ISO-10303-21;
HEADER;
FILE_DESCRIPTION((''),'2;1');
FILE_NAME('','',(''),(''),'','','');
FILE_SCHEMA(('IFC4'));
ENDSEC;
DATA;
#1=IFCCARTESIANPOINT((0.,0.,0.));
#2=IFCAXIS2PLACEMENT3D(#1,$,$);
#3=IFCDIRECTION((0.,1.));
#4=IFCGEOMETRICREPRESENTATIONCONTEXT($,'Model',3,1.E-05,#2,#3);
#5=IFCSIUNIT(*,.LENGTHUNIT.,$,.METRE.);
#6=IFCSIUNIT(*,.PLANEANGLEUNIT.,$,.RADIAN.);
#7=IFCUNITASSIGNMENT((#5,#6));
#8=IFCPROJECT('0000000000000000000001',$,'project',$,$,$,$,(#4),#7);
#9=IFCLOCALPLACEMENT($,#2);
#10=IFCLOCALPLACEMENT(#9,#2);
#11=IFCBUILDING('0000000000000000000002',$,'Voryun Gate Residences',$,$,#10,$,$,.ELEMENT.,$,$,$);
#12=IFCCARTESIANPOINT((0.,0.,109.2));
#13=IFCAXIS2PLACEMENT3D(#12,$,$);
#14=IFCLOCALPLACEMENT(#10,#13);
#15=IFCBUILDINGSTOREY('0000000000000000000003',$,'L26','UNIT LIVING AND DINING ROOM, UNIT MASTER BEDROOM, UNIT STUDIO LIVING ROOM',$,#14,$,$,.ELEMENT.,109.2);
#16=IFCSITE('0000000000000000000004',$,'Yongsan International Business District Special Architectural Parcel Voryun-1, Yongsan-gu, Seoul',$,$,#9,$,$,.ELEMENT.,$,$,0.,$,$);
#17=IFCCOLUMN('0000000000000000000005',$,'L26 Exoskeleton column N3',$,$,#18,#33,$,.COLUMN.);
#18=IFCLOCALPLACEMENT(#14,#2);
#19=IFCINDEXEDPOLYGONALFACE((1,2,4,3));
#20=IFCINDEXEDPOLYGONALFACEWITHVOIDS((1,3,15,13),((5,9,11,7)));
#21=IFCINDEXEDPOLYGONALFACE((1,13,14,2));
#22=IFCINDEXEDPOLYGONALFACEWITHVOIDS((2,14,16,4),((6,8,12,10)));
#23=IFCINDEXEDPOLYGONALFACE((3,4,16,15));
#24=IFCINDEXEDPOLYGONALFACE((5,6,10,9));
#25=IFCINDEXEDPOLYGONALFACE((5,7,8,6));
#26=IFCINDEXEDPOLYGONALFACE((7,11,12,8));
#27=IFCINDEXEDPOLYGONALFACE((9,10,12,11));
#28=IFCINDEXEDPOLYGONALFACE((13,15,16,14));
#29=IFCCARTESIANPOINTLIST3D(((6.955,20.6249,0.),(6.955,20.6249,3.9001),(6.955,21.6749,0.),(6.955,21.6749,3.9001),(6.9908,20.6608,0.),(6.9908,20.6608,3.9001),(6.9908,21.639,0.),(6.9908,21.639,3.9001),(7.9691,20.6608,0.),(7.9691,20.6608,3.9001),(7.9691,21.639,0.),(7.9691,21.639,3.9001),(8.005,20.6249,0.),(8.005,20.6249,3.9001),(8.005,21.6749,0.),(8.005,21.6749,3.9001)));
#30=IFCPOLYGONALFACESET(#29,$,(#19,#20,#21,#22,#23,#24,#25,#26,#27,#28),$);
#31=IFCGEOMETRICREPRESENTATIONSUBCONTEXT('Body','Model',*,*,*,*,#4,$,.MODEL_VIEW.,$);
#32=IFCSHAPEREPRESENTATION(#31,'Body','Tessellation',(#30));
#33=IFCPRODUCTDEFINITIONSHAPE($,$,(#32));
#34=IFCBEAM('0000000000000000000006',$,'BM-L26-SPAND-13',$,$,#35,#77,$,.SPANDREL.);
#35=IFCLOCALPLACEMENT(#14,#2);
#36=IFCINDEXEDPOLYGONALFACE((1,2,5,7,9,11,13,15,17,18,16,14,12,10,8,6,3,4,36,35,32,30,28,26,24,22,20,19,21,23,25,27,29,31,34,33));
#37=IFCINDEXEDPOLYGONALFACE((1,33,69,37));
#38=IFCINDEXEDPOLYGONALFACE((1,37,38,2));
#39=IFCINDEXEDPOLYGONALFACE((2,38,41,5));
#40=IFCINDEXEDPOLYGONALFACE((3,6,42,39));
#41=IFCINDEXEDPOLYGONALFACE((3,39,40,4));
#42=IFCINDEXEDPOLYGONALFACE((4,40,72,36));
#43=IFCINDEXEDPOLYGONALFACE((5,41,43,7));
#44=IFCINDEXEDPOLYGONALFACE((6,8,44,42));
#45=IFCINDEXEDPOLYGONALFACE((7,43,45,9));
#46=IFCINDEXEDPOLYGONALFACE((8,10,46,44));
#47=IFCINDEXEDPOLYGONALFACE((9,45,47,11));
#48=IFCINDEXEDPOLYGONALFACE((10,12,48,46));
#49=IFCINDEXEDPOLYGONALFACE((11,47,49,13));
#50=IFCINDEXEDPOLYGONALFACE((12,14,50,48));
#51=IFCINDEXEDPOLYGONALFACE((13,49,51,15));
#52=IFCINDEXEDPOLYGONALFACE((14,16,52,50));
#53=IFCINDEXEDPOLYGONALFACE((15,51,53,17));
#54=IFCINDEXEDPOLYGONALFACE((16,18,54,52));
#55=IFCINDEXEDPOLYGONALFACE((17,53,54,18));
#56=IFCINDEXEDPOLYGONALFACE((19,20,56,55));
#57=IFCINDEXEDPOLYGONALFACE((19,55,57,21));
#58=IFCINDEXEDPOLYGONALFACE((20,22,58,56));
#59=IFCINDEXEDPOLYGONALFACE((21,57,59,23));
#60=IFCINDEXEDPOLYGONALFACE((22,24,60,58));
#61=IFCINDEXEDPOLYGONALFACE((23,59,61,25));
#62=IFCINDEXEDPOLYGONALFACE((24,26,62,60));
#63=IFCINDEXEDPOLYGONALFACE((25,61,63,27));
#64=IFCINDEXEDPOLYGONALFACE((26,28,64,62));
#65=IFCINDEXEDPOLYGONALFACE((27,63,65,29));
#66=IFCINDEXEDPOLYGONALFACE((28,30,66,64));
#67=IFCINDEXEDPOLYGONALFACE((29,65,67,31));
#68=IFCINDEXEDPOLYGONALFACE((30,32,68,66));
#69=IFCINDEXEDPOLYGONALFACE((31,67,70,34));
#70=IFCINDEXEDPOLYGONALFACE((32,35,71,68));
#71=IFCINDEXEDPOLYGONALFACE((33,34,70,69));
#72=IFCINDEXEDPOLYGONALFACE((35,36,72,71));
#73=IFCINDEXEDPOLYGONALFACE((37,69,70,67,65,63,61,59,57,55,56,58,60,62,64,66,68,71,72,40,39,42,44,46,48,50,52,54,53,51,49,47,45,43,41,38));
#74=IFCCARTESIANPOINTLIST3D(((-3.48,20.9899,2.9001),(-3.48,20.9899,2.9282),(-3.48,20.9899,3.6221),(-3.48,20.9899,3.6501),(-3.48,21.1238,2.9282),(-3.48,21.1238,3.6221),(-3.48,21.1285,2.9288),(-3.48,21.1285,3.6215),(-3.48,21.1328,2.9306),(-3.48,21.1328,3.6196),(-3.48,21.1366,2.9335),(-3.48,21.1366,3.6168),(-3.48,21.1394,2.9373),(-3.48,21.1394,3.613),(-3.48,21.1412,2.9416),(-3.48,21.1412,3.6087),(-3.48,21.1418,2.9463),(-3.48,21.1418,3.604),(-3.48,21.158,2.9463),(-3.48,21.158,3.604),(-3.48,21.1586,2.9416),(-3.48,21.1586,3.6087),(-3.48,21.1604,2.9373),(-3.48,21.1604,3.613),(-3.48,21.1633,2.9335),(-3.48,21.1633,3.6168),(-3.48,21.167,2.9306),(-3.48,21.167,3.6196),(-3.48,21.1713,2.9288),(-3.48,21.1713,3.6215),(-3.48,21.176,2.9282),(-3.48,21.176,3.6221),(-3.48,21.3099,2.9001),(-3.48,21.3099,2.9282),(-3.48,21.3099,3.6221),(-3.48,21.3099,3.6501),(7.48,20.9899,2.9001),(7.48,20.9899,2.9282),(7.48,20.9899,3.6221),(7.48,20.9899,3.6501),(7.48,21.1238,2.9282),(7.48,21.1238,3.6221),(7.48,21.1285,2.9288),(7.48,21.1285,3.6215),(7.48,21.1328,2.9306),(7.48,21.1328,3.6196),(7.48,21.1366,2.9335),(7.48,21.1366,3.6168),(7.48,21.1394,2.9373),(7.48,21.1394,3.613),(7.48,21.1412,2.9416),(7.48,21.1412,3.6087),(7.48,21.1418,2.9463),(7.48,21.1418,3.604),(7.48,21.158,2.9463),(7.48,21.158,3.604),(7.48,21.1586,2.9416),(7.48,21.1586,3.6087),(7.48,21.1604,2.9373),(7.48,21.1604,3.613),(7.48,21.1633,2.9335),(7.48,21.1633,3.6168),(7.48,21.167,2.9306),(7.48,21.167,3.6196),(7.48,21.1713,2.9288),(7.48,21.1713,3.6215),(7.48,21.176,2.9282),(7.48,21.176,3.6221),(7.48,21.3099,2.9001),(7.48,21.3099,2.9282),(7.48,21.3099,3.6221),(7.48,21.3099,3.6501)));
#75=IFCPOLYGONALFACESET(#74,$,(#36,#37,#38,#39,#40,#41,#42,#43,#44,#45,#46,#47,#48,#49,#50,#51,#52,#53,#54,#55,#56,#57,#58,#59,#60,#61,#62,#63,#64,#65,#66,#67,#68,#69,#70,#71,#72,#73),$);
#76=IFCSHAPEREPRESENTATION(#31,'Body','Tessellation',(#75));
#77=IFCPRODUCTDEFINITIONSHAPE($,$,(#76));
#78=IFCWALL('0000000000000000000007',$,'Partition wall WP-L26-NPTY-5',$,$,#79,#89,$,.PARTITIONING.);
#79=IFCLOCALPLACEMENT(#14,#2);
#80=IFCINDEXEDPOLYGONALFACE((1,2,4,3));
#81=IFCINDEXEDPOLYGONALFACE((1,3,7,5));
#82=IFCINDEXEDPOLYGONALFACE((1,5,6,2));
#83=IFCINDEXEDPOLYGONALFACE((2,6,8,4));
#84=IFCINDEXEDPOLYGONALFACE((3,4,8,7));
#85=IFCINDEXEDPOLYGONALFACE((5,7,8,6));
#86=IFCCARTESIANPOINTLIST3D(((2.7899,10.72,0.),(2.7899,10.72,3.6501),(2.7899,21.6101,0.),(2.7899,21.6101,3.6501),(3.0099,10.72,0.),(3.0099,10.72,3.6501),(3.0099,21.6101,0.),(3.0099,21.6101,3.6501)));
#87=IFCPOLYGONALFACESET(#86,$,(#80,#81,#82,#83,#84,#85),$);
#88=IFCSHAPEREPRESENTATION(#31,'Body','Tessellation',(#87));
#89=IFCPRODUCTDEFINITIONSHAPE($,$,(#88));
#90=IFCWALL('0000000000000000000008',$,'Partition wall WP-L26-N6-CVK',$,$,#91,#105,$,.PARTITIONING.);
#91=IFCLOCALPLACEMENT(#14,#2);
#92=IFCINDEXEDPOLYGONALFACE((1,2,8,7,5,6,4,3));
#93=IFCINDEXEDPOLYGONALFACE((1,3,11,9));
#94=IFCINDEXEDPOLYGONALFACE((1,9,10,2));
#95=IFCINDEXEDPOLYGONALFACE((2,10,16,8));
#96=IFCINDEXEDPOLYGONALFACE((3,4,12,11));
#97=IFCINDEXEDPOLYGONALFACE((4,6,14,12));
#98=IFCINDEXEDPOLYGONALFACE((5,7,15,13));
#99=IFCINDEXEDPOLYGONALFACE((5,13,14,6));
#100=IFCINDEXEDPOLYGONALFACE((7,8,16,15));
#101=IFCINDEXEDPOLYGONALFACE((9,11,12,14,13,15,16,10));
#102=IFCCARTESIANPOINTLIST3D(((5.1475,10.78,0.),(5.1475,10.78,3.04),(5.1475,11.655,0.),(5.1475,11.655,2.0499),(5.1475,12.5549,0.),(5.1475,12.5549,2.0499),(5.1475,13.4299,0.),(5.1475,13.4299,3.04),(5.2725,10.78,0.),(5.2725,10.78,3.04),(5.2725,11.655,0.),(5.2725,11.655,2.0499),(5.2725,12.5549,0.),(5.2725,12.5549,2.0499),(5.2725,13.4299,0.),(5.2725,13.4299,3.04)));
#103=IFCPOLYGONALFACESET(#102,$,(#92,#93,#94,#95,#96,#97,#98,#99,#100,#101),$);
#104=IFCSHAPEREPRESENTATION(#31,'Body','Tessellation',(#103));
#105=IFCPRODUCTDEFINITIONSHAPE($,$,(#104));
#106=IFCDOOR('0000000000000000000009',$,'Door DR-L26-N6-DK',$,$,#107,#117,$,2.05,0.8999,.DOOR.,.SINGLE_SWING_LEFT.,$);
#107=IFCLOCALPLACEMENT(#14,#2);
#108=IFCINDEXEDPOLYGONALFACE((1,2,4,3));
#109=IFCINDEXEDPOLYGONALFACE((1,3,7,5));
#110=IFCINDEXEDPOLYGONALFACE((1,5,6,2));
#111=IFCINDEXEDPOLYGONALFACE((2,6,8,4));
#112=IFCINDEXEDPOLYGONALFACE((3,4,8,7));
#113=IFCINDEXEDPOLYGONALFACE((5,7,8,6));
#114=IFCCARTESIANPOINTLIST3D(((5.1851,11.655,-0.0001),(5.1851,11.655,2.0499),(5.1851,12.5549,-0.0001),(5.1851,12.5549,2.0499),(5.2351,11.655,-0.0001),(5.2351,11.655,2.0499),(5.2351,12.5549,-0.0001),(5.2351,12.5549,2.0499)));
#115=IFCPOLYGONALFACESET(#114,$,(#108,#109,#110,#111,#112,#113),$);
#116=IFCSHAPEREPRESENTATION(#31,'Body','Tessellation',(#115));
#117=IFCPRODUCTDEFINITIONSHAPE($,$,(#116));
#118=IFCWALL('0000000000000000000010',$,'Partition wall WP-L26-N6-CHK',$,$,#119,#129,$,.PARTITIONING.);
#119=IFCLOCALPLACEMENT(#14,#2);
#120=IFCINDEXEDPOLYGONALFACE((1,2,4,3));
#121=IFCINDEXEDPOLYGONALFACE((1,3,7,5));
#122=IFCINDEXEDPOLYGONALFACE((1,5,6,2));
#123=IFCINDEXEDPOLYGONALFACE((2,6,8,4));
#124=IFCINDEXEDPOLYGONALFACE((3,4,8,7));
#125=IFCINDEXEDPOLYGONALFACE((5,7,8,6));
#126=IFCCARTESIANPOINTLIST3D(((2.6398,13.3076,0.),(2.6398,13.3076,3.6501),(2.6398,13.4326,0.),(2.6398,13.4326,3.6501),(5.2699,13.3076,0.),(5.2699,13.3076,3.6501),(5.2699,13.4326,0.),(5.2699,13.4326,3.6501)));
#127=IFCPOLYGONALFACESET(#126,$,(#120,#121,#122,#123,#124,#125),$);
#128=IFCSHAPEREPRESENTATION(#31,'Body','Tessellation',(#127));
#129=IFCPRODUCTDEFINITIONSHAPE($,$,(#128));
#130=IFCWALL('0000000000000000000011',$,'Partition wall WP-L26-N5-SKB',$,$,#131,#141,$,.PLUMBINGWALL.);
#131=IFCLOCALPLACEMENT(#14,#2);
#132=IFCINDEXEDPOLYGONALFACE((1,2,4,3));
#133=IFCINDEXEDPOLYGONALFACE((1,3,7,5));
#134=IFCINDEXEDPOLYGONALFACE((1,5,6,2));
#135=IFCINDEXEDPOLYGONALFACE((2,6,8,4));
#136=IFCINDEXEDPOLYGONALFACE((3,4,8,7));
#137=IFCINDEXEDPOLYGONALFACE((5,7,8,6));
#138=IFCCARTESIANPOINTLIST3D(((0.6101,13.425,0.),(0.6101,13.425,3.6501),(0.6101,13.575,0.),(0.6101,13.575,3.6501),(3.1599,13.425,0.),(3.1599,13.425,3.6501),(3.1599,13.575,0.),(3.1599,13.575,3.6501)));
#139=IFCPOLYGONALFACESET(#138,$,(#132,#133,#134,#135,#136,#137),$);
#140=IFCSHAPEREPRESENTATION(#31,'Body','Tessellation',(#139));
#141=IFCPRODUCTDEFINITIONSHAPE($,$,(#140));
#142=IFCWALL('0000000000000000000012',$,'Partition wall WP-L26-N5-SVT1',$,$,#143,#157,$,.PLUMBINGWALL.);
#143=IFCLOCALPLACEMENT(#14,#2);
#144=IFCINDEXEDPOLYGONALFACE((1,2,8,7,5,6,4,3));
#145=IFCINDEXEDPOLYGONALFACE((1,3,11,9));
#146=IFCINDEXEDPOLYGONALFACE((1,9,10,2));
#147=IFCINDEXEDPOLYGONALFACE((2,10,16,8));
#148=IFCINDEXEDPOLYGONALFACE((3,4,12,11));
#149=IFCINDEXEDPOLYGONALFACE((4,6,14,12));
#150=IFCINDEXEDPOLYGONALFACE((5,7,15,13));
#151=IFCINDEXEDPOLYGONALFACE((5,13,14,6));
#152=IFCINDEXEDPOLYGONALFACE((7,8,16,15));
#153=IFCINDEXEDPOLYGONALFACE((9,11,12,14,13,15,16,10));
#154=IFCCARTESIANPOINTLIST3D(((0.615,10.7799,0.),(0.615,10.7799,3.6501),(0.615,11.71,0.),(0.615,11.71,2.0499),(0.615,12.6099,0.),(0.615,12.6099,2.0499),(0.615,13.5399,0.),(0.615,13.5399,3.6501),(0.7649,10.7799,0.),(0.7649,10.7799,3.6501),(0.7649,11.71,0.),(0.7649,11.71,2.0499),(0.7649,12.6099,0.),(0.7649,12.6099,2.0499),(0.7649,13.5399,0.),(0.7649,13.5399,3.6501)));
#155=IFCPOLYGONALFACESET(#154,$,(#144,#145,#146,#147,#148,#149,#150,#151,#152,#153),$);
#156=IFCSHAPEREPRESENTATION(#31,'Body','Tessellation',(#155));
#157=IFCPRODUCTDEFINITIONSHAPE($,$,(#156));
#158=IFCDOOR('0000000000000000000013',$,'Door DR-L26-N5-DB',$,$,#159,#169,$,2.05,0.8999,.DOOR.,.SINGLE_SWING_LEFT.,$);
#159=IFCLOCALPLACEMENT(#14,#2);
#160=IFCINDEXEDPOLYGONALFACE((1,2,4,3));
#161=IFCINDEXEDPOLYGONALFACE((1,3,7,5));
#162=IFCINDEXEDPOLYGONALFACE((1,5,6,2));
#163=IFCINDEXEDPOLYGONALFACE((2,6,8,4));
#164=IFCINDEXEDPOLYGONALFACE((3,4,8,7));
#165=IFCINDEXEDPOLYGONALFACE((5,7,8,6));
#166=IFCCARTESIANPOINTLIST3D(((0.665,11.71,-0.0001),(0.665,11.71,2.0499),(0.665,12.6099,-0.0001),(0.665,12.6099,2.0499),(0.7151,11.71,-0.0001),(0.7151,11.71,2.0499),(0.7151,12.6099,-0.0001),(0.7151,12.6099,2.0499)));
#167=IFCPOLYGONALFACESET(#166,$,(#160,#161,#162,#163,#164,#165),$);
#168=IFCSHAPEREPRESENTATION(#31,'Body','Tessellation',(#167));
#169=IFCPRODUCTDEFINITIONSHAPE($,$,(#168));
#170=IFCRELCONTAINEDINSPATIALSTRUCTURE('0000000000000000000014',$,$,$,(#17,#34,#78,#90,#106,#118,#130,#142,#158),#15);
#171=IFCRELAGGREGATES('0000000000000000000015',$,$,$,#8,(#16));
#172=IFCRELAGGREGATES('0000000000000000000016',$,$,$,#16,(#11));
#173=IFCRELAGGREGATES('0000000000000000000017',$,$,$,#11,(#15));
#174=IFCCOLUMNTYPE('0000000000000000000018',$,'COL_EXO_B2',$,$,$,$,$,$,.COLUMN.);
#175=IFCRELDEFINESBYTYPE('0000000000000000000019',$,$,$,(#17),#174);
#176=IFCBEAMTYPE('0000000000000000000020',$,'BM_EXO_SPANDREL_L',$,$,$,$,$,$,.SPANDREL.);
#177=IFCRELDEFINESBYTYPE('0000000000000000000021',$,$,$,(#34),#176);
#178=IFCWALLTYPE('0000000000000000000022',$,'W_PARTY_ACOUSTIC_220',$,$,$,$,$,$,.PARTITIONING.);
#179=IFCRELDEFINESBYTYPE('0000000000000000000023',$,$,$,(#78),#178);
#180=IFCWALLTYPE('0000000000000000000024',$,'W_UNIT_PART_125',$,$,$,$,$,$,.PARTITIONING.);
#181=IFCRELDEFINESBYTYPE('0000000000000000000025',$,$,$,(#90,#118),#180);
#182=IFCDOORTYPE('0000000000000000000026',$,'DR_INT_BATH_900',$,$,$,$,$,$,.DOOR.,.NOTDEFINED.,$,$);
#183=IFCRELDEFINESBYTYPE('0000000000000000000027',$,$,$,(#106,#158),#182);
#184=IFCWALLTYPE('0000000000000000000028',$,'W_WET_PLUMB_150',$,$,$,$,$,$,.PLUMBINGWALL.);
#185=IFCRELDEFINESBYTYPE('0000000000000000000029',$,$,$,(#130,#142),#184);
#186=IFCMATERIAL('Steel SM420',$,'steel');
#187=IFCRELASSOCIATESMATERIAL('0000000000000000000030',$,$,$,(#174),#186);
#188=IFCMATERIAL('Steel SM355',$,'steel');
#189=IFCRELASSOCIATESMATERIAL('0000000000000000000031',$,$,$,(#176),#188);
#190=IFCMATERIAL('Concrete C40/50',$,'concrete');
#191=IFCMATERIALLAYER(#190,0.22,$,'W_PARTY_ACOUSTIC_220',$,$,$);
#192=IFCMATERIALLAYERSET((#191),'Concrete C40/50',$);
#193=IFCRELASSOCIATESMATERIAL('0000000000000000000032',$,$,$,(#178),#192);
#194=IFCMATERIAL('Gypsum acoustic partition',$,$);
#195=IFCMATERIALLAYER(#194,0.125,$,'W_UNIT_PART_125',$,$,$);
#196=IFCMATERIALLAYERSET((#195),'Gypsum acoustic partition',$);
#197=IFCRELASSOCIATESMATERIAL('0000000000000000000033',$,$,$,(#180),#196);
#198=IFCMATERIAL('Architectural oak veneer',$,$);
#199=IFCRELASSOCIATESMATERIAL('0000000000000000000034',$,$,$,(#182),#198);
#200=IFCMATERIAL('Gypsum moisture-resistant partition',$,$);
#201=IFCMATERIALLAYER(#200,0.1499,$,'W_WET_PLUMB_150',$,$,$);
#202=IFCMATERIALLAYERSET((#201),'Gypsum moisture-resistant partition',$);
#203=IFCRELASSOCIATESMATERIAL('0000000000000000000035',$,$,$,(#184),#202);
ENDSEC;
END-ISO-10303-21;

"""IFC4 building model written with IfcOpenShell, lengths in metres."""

from ifc_helpers import new_model, si_unit, direction, frame, frame_2d, origin, origin_2d, place, context, subcontext, project, spatial, rectangle, hollow_rectangle, i_section, extrude, material, layer, layer_set, material_profile, profile_set, type_object, element, fill, save


model = new_model("IFC4")

# Units and contexts
model_context = context("Model", 3, precision=1e-05, world=origin(), true_north=direction((0.0, 1.0)))
body_context = subcontext(model_context, "Body", "Model", "MODEL_VIEW")
ifc_project = project(units=[si_unit("LENGTHUNIT", "METRE"), si_unit("PLANEANGLEUNIT", "RADIAN")], contexts=[model_context])

# Site, building, storey
site_placement = place(None, origin())
site = spatial("IfcSite", under=ifc_project, at=site_placement, Name="Yongsan International Business District Special Architectural Parcel Voryun-1, Yongsan-gu, Seoul", CompositionType="ELEMENT", RefElevation=0.0)
building_placement = place(site_placement, origin())
building = spatial("IfcBuilding", under=site, at=building_placement, Name="Voryun Gate Residences", CompositionType="ELEMENT")
storey_placement = place(building_placement, frame((0.0, 0.0, 109.2)))
storey = spatial("IfcBuildingStorey", under=building, at=storey_placement, Name="L26", Description="UNIT LIVING AND DINING ROOM, UNIT MASTER BEDROOM, UNIT STUDIO LIVING ROOM", CompositionType="ELEMENT", Elevation=109.2)

# Column
ifc_material_1 = material(Name="Steel SM420", Category="steel")
ifc_material_profile_1 = material_profile(ifc_material_1, hollow_rectangle(XDim=1.05, YDim=1.05, WallThickness=0.0359, at=origin_2d()), Name="BOX-1050x1050x36")
ifc_profile_set_1 = profile_set([ifc_material_profile_1], Name="Steel SM420")
column_type = type_object("IfcColumnType", Name="COL_EXO_B2", PredefinedType="COLUMN", material=ifc_profile_set_1)
column_placement = place(storey_placement, frame((7.48, 21.1499, 0.0), z_axis=(0.0, 0.0, 1.0), x_axis=(1.0, 0.0, 0.0)))
element("IfcColumn", 1, at=column_placement, inside=storey, type_object=column_type, Name="L26 Exoskeleton column N3", PredefinedType="COLUMN", context=body_context, shape_type="SweptSolid", body=[
    extrude(hollow_rectangle(XDim=1.05, YDim=1.05, WallThickness=0.0359, at=origin_2d()), origin(), (0.0, 0.0, 1.0), 3.9001),
])

# Beam
ifc_material_2 = material(Name="Steel SM355", Category="steel")
ifc_material_profile_2 = material_profile(ifc_material_2, i_section(OverallWidth=0.3201, OverallDepth=0.75, WebThickness=0.0161, FlangeThickness=0.0281, FilletRadius=0.0181, at=origin_2d()), Name="H-750x320x16x28")
ifc_profile_set_2 = profile_set([ifc_material_profile_2], Name="Steel SM355")
beam_type = type_object("IfcBeamType", Name="BM_EXO_SPANDREL_L", PredefinedType="SPANDREL", material=ifc_profile_set_2)
beam_placement = place(storey_placement, frame((7.48, 21.1499, 3.2751), z_axis=(-1.0, 0.0, 0.0), x_axis=(0.0, -1.0, 0.0)))
element("IfcBeam", 2, at=beam_placement, inside=storey, type_object=beam_type, Name="BM-L26-SPAND-13", PredefinedType="SPANDREL", context=body_context, shape_type="SweptSolid", body=[
    extrude(i_section(OverallWidth=0.3201, OverallDepth=0.75, WebThickness=0.0161, FlangeThickness=0.0281, FilletRadius=0.0181, at=origin_2d()), origin(), (0.0, 0.0, 1.0), 10.96),
])

# Wall
ifc_material_3 = material(Name="Concrete C40/50", Category="concrete")
ifc_layer_1 = layer(ifc_material_3, 0.22, Name="W_PARTY_ACOUSTIC_220")
ifc_layer_set_1 = layer_set([ifc_layer_1], Name="Concrete C40/50")
wall_type_1 = type_object("IfcWallType", Name="W_PARTY_ACOUSTIC_220", PredefinedType="PARTITIONING", material=ifc_layer_set_1)
wall_1_placement = place(storey_placement, frame((2.8999, 10.72, 0.0), z_axis=(0.0, 0.0, 1.0), x_axis=(0.0, 1.0, 0.0)))
element("IfcWall", 3, at=wall_1_placement, inside=storey, type_object=wall_type_1, Name="Partition wall WP-L26-NPTY-5", PredefinedType="PARTITIONING", context=body_context, shape_type="SweptSolid", body=[
    extrude(rectangle(XDim=10.8901, YDim=0.22, at=frame_2d((5.4451, 0.0))), origin(), (0.0, 0.0, 1.0), 3.6501),
])

# Wall, opening, door
ifc_material_4 = material(Name="Gypsum acoustic partition")
ifc_layer_2 = layer(ifc_material_4, 0.125, Name="W_UNIT_PART_125")
ifc_layer_set_2 = layer_set([ifc_layer_2], Name="Gypsum acoustic partition")
wall_type_2 = type_object("IfcWallType", Name="W_UNIT_PART_125", PredefinedType="PARTITIONING", material=ifc_layer_set_2)
wall_2_placement = place(storey_placement, frame((5.21, 10.78, 0.0), z_axis=(0.0, 0.0, 1.0), x_axis=(0.0, 1.0, 0.0)))
wall_2 = element("IfcWall", 4, at=wall_2_placement, inside=storey, type_object=wall_type_2, Name="Partition wall WP-L26-N6-CVK", PredefinedType="PARTITIONING", context=body_context, shape_type="SweptSolid", body=[
    extrude(rectangle(XDim=2.6499, YDim=0.125, at=frame_2d((1.325, 0.0))), origin(), (0.0, 0.0, 1.0), 3.04),
])
opening_1_placement = place(wall_2_placement, frame((0.875, 0.0, 0.0)))
opening_1 = element("IfcOpeningElement", 5, at=opening_1_placement, cuts=wall_2, PredefinedType="OPENING", context=body_context, shape_type="SweptSolid", body=[
    extrude(rectangle(XDim=0.8999, YDim=2.05, at=frame_2d((0.45, 1.0249))), frame((0.0, 0.0725, 0.0), z_axis=(0.0, -1.0, 0.0), x_axis=(1.0, 0.0, 0.0)), (0.0, 0.0, 1.0), 0.145),
])
ifc_material_5 = material(Name="Architectural oak veneer")
door_type = type_object("IfcDoorType", Name="DR_INT_BATH_900", OperationType="NOTDEFINED", PredefinedType="DOOR", material=ifc_material_5)
door_1_placement = place(opening_1_placement, origin())
door_1 = element("IfcDoor", 6, at=door_1_placement, inside=storey, type_object=door_type, Name="Door DR-L26-N6-DK", OperationType="SINGLE_SWING_LEFT", OverallHeight=2.05, OverallWidth=0.8999, PredefinedType="DOOR", context=body_context, shape_type="SweptSolid", body=[
    extrude(rectangle(XDim=0.8999, YDim=2.05, at=frame_2d((0.45, 1.0249))), frame((0.0, 0.0249, 0.0), z_axis=(0.0, -1.0, 0.0), x_axis=(1.0, 0.0, 0.0)), (0.0, 0.0, 1.0), 0.05),
])
fill(opening_1, door_1)

# Walls
wall_3_placement = place(storey_placement, frame((2.6399, 13.3701, 0.0), z_axis=(0.0, 0.0, 1.0), x_axis=(1.0, 0.0, 0.0)))
element("IfcWall", 7, at=wall_3_placement, inside=storey, type_object=wall_type_2, Name="Partition wall WP-L26-N6-CHK", PredefinedType="PARTITIONING", context=body_context, shape_type="SweptSolid", body=[
    extrude(rectangle(XDim=2.6301, YDim=0.125, at=frame_2d((1.3149, 0.0))), origin(), (0.0, 0.0, 1.0), 3.6501),
])
ifc_material_6 = material(Name="Gypsum moisture-resistant partition")
ifc_layer_3 = layer(ifc_material_6, 0.1499, Name="W_WET_PLUMB_150")
ifc_layer_set_3 = layer_set([ifc_layer_3], Name="Gypsum moisture-resistant partition")
wall_type_3 = type_object("IfcWallType", Name="W_WET_PLUMB_150", PredefinedType="PLUMBINGWALL", material=ifc_layer_set_3)
wall_4_placement = place(storey_placement, frame((0.6101, 13.5, 0.0), z_axis=(0.0, 0.0, 1.0), x_axis=(1.0, 0.0, 0.0)))
element("IfcWall", 8, at=wall_4_placement, inside=storey, type_object=wall_type_3, Name="Partition wall WP-L26-N5-SKB", PredefinedType="PLUMBINGWALL", context=body_context, shape_type="SweptSolid", body=[
    extrude(rectangle(XDim=2.5498, YDim=0.1499, at=frame_2d((1.2749, 0.0))), origin(), (0.0, 0.0, 1.0), 3.6501),
])

# Wall, opening, door
wall_5_placement = place(storey_placement, frame((0.6899, 10.78, 0.0), z_axis=(0.0, 0.0, 1.0), x_axis=(0.0, 1.0, 0.0)))
wall_5 = element("IfcWall", 9, at=wall_5_placement, inside=storey, type_object=wall_type_3, Name="Partition wall WP-L26-N5-SVT1", PredefinedType="PLUMBINGWALL", context=body_context, shape_type="SweptSolid", body=[
    extrude(rectangle(XDim=2.76, YDim=0.1499, at=frame_2d((1.3799, 0.0))), origin(), (0.0, 0.0, 1.0), 3.6501),
])
opening_2_placement = place(wall_5_placement, frame((0.9299, 0.0, 0.0)))
opening_2 = element("IfcOpeningElement", 10, at=opening_2_placement, cuts=wall_5, PredefinedType="OPENING", context=body_context, shape_type="SweptSolid", body=[
    extrude(rectangle(XDim=0.8999, YDim=2.05, at=frame_2d((0.45, 1.0249))), frame((0.0, 0.085, 0.0), z_axis=(0.0, -1.0, 0.0), x_axis=(1.0, 0.0, 0.0)), (0.0, 0.0, 1.0), 0.1699),
])
door_2_placement = place(opening_2_placement, origin())
door_2 = element("IfcDoor", 11, at=door_2_placement, inside=storey, type_object=door_type, Name="Door DR-L26-N5-DB", OperationType="SINGLE_SWING_LEFT", OverallHeight=2.05, OverallWidth=0.8999, PredefinedType="DOOR", context=body_context, shape_type="SweptSolid", body=[
    extrude(rectangle(XDim=0.8999, YDim=2.05, at=frame_2d((0.45, 1.0249))), frame((0.0, 0.0249, 0.0), z_axis=(0.0, -1.0, 0.0), x_axis=(1.0, 0.0, 0.0)), (0.0, 0.0, 1.0), 0.05),
])
fill(opening_2, door_2)

save(model, "model.ifc")
